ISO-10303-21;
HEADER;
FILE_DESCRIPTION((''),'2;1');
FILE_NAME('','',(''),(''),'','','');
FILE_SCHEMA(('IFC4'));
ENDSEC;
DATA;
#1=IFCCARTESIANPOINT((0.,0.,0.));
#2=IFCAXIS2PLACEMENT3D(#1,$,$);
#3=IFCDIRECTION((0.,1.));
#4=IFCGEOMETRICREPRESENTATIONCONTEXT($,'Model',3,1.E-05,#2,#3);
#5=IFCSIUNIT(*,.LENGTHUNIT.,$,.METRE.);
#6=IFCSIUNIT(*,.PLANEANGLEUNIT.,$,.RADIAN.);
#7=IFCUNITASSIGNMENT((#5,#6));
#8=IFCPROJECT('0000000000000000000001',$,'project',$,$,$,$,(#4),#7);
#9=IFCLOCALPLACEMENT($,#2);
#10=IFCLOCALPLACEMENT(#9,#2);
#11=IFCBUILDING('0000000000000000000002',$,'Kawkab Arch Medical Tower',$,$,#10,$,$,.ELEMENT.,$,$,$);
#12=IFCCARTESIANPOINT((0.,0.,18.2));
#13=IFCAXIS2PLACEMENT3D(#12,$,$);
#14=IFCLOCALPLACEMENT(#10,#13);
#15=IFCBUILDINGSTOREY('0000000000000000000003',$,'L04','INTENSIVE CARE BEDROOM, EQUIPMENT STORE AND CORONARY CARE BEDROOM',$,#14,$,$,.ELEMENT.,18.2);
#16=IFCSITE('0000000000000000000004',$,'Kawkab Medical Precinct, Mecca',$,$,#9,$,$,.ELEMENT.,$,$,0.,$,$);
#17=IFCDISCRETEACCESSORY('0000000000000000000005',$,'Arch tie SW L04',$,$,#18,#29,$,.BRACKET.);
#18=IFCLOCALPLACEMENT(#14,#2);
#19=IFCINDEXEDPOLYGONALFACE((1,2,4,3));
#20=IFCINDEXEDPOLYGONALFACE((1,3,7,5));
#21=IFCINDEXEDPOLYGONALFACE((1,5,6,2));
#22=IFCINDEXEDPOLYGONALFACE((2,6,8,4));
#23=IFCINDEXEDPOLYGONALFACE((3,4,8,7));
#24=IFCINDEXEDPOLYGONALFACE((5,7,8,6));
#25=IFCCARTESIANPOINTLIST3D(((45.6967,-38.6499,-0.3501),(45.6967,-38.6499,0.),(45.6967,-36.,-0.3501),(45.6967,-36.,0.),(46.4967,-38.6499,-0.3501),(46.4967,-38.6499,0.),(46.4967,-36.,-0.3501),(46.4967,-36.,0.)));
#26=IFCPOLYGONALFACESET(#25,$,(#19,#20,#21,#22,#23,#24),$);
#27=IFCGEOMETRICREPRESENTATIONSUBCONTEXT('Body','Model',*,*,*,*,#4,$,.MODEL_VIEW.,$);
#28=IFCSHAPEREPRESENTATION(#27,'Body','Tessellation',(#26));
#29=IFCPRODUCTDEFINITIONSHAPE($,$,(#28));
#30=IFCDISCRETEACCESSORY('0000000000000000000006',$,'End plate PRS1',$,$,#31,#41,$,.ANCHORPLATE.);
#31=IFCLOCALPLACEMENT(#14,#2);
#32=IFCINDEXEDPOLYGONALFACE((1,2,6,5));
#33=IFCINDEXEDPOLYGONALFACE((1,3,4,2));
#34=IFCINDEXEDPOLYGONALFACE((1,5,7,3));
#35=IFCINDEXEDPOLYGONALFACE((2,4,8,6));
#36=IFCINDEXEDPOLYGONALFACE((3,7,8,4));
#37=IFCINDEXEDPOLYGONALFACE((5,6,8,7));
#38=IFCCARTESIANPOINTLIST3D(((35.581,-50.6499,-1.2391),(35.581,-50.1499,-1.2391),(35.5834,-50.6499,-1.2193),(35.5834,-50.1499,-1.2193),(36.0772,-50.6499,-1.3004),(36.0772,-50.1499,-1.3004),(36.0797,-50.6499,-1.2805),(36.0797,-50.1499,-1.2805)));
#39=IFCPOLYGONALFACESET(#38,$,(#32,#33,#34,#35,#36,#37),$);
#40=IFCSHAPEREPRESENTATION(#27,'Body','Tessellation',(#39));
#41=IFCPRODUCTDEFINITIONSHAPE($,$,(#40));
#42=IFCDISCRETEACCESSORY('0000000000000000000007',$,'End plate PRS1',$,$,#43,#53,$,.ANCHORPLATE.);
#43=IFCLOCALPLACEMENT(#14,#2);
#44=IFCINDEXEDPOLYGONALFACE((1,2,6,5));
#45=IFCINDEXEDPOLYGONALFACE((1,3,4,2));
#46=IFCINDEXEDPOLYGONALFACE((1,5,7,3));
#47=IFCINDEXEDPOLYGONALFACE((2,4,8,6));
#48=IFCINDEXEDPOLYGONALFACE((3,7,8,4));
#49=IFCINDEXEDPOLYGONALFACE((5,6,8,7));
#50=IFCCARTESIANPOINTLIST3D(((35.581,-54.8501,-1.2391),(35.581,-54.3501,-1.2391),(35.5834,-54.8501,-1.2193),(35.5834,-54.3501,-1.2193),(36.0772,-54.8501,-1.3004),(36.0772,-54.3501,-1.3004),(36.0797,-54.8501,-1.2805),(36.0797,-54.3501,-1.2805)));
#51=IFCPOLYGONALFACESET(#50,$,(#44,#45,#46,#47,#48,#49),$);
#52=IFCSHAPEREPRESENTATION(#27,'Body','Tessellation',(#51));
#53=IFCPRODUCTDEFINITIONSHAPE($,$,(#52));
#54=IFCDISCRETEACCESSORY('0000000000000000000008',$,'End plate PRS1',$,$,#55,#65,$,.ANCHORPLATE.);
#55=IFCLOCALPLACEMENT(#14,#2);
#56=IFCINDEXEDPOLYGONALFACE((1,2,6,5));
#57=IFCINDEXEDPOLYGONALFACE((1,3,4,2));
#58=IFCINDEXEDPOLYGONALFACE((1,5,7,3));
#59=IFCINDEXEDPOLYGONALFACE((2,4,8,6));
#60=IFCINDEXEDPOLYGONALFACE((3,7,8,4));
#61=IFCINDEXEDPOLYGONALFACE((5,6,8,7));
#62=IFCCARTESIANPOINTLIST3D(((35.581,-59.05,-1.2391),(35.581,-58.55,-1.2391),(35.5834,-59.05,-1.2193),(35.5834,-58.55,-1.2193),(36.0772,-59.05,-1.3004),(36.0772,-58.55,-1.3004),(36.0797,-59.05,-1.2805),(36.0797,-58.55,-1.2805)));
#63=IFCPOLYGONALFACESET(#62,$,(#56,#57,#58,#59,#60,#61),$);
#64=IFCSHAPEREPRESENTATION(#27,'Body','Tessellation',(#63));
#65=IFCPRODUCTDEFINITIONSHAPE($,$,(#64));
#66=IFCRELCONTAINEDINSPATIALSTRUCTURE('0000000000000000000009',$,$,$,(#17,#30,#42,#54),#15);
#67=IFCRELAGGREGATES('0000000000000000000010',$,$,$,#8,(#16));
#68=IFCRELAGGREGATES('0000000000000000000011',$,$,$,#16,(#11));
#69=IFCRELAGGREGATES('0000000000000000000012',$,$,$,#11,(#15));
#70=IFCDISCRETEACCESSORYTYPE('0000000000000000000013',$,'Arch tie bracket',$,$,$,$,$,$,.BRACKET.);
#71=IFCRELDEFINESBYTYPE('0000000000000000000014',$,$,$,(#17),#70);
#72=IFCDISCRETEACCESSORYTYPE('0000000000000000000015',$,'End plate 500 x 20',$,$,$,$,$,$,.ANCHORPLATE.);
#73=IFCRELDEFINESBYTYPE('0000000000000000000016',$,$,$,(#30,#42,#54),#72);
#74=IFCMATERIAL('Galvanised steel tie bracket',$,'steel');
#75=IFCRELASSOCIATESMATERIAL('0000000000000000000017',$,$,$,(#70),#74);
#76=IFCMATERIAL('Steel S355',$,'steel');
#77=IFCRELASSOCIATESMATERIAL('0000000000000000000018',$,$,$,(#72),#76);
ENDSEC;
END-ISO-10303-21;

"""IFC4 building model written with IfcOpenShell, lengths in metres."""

from ifc_helpers import new_model, si_unit, direction, frame, origin, origin_2d, place, context, subcontext, project, spatial, rectangle, extrude, material, material_profile, profile_set, type_object, element, save


model = new_model("IFC4")

# Units and contexts
model_context = context("Model", 3, precision=1e-05, world=origin(), true_north=direction((0.0, 1.0)))
body_context = subcontext(model_context, "Body", "Model", "MODEL_VIEW")
ifc_project = project(units=[si_unit("LENGTHUNIT", "METRE"), si_unit("PLANEANGLEUNIT", "RADIAN")], contexts=[model_context])

# Site, building, storey
site_placement = place(None, origin())
site = spatial("IfcSite", under=ifc_project, at=site_placement, Name="Kawkab Medical Precinct, Mecca", CompositionType="ELEMENT", RefElevation=0.0)
building_placement = place(site_placement, origin())
building = spatial("IfcBuilding", under=site, at=building_placement, Name="Kawkab Arch Medical Tower", CompositionType="ELEMENT")
storey_placement = place(building_placement, frame((0.0, 0.0, 18.2)))
storey = spatial("IfcBuildingStorey", under=building, at=storey_placement, Name="L04", Description="INTENSIVE CARE BEDROOM, EQUIPMENT STORE AND CORONARY CARE BEDROOM", CompositionType="ELEMENT", Elevation=18.2)

# Discrete accessories
ifc_material_1 = material(Name="Galvanised steel tie bracket", Category="steel")
discrete_accessory_type_1 = type_object("IfcDiscreteAccessoryType", Name="Arch tie bracket", PredefinedType="BRACKET", material=ifc_material_1)
discrete_accessory_placement = place(storey_placement, frame((46.0967, -37.325, -0.3501), z_axis=(0.0, 0.0, 1.0), x_axis=(1.0, 0.0, 0.0)))
element("IfcDiscreteAccessory", 1, at=discrete_accessory_placement, inside=storey, type_object=discrete_accessory_type_1, Name="Arch tie SW L04", PredefinedType="BRACKET", context=body_context, shape_type="SweptSolid", body=[
    extrude(rectangle(XDim=0.8, YDim=2.6499, at=origin_2d()), origin(), (0.0, 0.0, 1.0), 0.3501),
])
ifc_material_2 = material(Name="Steel S355", Category="steel")
ifc_material_profile = material_profile(ifc_material_2, rectangle(XDim=0.5, YDim=0.5, at=origin_2d()), Name="End plate 500 x 20")
ifc_profile_set = profile_set([ifc_material_profile], Name="Steel S355")
discrete_accessory_type_2 = type_object("IfcDiscreteAccessoryType", Name="End plate 500 x 20", PredefinedType="ANCHORPLATE", material=ifc_profile_set)
for number, where, z_axis, x_axis, name in (
    (2, (35.8291, -50.3999, -1.2698), (0.122527, 0.0, 0.992465), (0.0, 1.0, 0.0), "End plate PRS1"),
    (3, (35.8291, -54.6001, -1.2698), (0.122527, 0.0, 0.992465), (0.0, 1.0, 0.0), "End plate PRS1"),
    (4, (35.8291, -58.8, -1.2698), (0.122527, 0.0, 0.992465), (0.0, 1.0, 0.0), "End plate PRS1"),
):
    element("IfcDiscreteAccessory", number, at=place(storey_placement, frame(where, z_axis=z_axis, x_axis=x_axis)), inside=storey, type_object=discrete_accessory_type_2, Name=name, PredefinedType="ANCHORPLATE", context=body_context, shape_type="SweptSolid", body=[
        extrude(rectangle(XDim=0.5, YDim=0.5, at=origin_2d()), origin(), (0.0, 0.0, 1.0), 0.02),
    ])

save(model, "model.ifc")
